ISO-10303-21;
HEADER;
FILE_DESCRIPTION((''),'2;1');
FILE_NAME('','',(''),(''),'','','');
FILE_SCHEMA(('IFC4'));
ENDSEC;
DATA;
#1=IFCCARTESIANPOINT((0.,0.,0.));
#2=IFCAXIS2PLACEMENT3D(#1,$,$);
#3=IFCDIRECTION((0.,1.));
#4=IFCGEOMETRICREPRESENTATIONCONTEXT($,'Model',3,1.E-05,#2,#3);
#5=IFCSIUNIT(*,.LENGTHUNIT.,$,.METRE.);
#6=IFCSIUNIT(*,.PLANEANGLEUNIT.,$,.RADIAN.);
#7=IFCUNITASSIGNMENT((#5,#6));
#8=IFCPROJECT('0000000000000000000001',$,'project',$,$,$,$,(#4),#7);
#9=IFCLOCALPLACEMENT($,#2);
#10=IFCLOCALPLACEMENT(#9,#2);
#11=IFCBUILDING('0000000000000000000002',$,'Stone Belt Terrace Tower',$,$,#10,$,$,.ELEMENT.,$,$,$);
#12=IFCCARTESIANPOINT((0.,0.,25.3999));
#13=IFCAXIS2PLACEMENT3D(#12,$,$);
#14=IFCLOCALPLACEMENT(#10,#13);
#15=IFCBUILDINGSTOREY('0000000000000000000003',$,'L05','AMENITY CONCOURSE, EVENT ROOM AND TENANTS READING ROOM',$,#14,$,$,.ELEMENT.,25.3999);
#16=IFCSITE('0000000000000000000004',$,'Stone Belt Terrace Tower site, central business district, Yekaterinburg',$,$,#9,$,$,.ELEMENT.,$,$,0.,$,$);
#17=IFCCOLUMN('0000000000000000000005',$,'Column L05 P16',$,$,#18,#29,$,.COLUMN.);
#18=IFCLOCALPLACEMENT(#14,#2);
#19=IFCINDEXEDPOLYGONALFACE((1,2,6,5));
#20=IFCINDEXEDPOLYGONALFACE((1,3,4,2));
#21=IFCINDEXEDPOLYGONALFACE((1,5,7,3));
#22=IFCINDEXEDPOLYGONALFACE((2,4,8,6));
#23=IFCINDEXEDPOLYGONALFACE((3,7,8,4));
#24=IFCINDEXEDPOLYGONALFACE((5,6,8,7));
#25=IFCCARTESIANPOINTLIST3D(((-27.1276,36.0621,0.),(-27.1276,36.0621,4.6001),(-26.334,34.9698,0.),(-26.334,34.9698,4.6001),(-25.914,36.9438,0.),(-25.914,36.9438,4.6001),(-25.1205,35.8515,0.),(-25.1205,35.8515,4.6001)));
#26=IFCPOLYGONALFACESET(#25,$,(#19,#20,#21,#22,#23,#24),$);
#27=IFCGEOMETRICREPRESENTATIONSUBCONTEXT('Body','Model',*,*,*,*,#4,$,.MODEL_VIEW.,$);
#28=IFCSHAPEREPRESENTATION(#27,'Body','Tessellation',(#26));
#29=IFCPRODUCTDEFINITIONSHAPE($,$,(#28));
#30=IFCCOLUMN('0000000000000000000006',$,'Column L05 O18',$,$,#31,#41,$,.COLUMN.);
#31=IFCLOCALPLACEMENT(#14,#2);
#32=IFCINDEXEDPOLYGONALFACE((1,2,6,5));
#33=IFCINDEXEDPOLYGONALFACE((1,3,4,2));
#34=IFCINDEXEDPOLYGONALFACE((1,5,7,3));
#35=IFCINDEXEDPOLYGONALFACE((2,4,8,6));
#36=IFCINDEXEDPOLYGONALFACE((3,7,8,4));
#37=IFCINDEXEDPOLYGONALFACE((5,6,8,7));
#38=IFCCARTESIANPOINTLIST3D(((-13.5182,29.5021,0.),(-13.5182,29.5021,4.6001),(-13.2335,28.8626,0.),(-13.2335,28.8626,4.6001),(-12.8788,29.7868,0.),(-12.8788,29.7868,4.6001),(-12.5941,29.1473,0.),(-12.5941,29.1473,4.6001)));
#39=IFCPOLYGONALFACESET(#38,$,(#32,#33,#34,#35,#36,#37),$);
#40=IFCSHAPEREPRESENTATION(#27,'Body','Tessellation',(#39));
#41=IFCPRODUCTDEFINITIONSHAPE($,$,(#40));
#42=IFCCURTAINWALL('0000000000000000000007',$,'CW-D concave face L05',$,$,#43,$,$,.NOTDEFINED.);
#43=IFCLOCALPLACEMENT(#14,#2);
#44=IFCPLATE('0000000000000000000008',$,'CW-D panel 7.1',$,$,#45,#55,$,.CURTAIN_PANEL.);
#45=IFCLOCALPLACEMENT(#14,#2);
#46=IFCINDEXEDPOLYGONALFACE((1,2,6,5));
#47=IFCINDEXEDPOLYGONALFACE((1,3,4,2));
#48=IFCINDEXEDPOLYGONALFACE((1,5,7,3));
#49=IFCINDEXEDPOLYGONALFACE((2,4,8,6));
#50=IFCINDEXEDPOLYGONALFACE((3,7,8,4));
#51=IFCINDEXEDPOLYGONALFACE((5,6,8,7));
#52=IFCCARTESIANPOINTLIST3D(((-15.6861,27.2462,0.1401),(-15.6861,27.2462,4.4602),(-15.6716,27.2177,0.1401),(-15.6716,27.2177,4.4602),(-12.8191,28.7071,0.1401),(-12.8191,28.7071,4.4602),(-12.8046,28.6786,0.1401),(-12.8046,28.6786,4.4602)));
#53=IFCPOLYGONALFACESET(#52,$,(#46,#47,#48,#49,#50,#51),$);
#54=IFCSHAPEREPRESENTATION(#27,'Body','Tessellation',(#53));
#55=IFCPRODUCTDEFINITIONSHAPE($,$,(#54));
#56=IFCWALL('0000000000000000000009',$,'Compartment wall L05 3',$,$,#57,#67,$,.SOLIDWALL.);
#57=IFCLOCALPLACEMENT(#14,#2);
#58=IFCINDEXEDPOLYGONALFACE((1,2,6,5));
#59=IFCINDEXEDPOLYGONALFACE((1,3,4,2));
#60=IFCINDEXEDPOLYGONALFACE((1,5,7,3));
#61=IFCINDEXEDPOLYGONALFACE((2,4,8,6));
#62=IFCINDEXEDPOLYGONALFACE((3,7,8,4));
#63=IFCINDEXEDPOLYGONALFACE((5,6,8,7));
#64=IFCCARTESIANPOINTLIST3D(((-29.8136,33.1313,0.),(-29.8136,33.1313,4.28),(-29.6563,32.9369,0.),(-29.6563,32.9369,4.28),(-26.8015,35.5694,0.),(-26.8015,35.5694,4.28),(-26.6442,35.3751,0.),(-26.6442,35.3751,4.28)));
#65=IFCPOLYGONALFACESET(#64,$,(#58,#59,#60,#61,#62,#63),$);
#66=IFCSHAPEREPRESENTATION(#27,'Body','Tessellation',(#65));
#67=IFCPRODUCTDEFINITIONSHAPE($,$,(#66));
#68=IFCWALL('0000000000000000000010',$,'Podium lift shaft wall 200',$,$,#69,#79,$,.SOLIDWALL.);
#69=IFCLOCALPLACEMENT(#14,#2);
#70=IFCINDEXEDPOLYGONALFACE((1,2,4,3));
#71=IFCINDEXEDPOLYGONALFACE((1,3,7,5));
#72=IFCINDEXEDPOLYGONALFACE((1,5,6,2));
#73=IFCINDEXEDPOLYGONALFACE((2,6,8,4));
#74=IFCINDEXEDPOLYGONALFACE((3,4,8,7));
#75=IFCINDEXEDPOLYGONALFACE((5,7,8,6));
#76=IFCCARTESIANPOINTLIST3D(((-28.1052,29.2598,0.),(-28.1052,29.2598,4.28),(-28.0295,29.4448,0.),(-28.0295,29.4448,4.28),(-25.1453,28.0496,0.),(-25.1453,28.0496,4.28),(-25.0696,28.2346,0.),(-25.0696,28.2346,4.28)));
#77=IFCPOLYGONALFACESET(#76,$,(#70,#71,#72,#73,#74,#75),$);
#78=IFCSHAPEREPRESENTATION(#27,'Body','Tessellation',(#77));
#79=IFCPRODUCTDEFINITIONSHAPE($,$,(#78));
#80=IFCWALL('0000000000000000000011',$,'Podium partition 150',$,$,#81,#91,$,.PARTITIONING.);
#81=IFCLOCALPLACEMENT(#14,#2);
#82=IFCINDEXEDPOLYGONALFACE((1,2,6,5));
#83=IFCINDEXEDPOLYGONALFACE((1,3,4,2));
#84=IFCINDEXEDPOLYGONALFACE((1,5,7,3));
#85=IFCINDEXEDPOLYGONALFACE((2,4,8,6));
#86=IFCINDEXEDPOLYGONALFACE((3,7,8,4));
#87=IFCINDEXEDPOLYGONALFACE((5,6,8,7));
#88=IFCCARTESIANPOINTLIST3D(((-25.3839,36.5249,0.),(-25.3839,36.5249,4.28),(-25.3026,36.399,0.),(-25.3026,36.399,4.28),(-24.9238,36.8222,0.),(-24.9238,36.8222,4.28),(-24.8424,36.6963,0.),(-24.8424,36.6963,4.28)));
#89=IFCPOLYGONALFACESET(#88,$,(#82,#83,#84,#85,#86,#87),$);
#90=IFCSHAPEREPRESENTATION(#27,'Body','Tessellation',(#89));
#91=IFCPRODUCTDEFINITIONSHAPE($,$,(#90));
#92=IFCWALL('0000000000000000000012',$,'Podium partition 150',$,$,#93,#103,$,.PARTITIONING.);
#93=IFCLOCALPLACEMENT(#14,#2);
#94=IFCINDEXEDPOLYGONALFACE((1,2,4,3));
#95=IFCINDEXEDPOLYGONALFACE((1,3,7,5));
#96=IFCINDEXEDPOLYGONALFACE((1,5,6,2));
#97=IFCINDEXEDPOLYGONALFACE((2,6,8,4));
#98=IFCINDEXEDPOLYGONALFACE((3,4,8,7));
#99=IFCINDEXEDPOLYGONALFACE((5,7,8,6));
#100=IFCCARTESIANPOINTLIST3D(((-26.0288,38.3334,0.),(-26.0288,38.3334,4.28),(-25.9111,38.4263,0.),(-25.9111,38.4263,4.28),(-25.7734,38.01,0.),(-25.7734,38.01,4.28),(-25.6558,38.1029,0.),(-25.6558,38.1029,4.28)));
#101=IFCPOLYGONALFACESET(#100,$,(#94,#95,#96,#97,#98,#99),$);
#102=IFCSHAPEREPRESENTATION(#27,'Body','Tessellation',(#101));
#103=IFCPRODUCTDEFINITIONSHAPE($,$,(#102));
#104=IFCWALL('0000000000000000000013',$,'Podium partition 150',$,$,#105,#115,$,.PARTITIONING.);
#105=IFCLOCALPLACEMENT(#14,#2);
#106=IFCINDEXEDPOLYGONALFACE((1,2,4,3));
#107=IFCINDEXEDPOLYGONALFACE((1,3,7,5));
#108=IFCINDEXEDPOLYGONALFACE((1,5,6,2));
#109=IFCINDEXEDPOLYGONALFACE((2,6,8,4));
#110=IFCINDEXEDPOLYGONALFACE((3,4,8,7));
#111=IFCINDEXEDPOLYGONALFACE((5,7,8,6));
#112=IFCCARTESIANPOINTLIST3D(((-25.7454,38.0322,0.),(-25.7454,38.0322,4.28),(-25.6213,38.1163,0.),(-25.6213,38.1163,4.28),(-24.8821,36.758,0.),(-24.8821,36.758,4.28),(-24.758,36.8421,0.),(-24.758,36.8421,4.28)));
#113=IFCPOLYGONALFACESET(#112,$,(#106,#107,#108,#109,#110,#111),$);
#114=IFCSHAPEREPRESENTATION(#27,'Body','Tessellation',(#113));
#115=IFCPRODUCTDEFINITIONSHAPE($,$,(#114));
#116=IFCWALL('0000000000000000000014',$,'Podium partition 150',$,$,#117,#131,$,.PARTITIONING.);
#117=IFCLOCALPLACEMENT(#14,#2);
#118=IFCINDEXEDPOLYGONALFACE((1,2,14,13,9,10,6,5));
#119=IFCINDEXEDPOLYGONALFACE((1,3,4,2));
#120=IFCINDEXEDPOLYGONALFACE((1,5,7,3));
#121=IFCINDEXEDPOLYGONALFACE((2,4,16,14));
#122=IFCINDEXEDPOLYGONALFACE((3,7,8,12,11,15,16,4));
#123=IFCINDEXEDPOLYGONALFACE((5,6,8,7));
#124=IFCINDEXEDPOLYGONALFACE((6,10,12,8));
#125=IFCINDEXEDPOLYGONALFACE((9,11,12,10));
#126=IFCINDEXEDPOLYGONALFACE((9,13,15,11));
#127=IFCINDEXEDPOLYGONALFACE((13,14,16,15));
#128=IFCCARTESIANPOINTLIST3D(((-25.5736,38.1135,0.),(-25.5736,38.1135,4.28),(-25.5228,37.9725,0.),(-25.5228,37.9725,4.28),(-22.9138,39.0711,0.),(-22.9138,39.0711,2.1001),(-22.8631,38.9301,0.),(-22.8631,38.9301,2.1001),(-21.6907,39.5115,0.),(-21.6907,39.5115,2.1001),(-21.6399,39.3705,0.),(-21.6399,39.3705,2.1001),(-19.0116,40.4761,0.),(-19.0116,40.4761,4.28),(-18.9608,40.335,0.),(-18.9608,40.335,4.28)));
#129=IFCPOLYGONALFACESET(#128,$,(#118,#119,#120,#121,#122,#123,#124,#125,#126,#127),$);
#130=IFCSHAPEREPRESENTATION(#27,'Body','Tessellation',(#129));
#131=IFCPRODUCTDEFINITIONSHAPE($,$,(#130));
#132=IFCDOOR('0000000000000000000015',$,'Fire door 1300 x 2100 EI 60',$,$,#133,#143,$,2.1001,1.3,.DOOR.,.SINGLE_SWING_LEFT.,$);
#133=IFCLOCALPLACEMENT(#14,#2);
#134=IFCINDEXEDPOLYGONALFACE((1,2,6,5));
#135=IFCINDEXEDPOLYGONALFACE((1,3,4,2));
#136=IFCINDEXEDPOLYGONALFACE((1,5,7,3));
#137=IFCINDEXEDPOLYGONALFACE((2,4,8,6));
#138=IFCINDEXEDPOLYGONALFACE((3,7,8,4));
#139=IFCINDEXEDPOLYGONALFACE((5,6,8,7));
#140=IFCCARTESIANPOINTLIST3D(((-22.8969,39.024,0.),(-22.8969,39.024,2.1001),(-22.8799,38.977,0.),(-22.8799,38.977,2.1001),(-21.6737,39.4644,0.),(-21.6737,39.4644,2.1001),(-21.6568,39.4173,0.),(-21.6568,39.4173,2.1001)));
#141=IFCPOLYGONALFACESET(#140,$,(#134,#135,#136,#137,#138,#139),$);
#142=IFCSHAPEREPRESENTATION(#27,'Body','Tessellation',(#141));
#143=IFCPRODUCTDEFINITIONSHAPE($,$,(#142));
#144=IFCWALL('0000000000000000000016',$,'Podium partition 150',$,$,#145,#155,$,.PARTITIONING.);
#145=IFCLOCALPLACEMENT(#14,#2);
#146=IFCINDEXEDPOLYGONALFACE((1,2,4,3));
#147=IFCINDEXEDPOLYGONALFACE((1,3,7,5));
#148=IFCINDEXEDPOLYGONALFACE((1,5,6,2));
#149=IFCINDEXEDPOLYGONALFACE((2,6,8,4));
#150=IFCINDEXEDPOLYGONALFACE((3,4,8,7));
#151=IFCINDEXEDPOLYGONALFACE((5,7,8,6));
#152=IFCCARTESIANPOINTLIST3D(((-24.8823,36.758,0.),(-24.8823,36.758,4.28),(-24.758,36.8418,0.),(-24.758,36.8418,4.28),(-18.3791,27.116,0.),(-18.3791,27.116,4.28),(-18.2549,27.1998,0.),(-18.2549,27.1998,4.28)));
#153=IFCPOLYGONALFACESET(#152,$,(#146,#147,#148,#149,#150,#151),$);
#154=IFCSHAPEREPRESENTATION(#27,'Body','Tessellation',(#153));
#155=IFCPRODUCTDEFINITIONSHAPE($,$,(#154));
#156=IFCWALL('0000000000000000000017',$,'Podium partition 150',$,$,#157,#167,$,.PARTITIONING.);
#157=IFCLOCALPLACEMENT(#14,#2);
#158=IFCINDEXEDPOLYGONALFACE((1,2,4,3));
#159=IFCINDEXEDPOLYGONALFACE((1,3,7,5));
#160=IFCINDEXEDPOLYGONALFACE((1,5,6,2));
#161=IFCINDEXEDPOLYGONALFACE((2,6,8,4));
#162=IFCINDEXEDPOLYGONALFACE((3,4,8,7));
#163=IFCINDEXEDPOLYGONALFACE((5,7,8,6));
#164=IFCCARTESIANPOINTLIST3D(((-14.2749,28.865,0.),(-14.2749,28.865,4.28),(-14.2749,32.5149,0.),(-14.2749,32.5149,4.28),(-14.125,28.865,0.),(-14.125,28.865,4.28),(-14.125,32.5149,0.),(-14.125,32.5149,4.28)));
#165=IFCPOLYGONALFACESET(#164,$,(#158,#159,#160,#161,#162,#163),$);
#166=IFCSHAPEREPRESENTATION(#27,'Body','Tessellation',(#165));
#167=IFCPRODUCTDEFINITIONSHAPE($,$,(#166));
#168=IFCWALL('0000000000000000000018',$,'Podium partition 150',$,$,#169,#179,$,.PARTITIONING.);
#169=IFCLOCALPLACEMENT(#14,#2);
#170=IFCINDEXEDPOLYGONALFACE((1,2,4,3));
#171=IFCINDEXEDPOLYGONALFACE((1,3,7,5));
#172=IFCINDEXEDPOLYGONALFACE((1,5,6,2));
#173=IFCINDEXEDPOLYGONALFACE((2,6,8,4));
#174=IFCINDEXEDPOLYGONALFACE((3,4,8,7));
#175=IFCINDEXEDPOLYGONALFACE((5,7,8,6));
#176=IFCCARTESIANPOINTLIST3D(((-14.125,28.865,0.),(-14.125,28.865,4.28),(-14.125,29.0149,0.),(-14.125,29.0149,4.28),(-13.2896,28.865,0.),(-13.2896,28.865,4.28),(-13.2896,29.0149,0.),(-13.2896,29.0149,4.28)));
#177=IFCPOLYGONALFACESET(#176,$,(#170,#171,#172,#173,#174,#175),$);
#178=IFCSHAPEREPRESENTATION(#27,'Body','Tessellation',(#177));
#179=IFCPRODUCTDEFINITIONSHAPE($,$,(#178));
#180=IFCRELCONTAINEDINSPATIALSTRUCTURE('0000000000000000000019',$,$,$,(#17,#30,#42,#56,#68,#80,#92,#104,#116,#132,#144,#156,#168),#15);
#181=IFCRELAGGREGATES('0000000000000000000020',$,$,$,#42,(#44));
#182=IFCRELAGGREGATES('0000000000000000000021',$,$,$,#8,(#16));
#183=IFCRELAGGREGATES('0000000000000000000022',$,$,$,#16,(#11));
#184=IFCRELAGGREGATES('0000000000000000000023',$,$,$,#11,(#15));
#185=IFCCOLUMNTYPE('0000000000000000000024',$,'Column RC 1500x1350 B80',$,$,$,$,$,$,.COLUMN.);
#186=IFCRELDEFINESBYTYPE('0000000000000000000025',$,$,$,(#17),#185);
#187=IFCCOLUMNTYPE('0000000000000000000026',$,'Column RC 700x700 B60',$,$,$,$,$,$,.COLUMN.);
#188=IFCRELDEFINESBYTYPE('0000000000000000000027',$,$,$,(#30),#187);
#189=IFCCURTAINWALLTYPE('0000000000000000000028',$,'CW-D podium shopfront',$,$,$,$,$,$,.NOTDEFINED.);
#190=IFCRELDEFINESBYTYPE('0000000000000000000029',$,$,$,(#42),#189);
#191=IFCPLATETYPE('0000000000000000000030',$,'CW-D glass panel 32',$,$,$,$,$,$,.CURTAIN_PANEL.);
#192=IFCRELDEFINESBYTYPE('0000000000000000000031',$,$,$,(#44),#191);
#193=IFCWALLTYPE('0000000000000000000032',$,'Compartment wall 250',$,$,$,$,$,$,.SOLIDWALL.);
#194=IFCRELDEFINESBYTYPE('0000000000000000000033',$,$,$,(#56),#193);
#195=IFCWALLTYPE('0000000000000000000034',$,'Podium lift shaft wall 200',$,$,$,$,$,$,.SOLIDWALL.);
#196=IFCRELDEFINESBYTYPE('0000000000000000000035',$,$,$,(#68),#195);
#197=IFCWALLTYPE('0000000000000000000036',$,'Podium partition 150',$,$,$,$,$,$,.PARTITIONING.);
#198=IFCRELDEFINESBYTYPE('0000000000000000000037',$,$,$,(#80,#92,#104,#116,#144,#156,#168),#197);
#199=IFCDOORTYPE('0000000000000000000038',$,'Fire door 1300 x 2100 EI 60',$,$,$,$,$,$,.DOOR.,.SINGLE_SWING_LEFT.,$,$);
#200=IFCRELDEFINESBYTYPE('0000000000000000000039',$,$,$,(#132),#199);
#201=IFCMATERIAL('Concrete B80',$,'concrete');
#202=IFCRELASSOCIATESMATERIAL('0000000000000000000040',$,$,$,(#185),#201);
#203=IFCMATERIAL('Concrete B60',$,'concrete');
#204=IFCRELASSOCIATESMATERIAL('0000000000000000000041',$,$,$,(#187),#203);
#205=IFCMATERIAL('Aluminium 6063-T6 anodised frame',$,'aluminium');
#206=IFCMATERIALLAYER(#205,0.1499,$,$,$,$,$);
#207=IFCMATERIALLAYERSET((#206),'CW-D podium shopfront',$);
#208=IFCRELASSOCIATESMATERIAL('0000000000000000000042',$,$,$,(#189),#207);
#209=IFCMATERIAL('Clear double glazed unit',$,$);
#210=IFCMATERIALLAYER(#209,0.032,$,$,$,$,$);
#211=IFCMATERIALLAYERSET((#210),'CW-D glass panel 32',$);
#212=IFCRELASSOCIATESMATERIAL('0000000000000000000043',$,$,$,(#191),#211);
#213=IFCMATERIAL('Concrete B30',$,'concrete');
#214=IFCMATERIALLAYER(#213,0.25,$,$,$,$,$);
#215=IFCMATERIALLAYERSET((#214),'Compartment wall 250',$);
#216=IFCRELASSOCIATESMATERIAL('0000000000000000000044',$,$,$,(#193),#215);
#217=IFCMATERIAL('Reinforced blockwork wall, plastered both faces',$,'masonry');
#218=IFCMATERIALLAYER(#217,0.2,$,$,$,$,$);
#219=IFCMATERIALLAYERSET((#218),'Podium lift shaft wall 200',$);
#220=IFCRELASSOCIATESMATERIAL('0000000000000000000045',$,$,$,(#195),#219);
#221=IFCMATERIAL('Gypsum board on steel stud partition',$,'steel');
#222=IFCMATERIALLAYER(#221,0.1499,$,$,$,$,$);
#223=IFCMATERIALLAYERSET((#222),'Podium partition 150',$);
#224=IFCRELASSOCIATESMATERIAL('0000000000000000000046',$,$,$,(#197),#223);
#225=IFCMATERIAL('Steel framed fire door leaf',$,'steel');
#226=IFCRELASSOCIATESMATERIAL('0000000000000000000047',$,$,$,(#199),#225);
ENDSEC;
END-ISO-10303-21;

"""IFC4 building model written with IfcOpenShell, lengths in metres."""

from ifc_helpers import new_model, si_unit, direction, frame, frame_2d, origin, origin_2d, place, context, subcontext, project, spatial, rectangle, extrude, material, layer, layer_set, material_profile, profile_set, type_object, element, fill, aggregate, save


model = new_model("IFC4")

# Units and contexts
model_context = context("Model", 3, precision=1e-05, world=origin(), true_north=direction((0.0, 1.0)))
body_context = subcontext(model_context, "Body", "Model", "MODEL_VIEW")
ifc_project = project(units=[si_unit("LENGTHUNIT", "METRE"), si_unit("PLANEANGLEUNIT", "RADIAN")], contexts=[model_context])

# Site, building, storey
site_placement = place(None, origin())
site = spatial("IfcSite", under=ifc_project, at=site_placement, Name="Stone Belt Terrace Tower site, central business district, Yekaterinburg", CompositionType="ELEMENT", RefElevation=0.0)
building_placement = place(site_placement, origin())
building = spatial("IfcBuilding", under=site, at=building_placement, Name="Stone Belt Terrace Tower", CompositionType="ELEMENT")
storey_placement = place(building_placement, frame((0.0, 0.0, 25.3999)))
storey = spatial("IfcBuildingStorey", under=building, at=storey_placement, Name="L05", Description="AMENITY CONCOURSE, EVENT ROOM AND TENANTS READING ROOM", CompositionType="ELEMENT", Elevation=25.3999)

# Columns
ifc_material_1 = material(Name="Concrete B80", Category="concrete")
ifc_material_profile_1 = material_profile(ifc_material_1, rectangle(XDim=1.5, YDim=1.3501, at=origin_2d()), Name="RC 1500x1350")
ifc_profile_set_1 = profile_set([ifc_material_profile_1], Name="Concrete B80")
column_type_1 = type_object("IfcColumnType", Name="Column RC 1500x1350 B80", PredefinedType="COLUMN", material=ifc_profile_set_1)
column_1_placement = place(storey_placement, frame((-26.124, 35.9568, 0.0), z_axis=(0.0, 0.0, 1.0), x_axis=(0.809017, 0.587785, 0.0)))
element("IfcColumn", 1, at=column_1_placement, inside=storey, type_object=column_type_1, Name="Column L05 P16", PredefinedType="COLUMN", context=body_context, shape_type="SweptSolid", body=[
    extrude(rectangle(XDim=1.5, YDim=1.3501, at=origin_2d()), origin(), (0.0, 0.0, 1.0), 4.6001),
])
ifc_material_2 = material(Name="Concrete B60", Category="concrete")
ifc_material_profile_2 = material_profile(ifc_material_2, rectangle(XDim=0.7, YDim=0.7, at=origin_2d()), Name="RC 700x700")
ifc_profile_set_2 = profile_set([ifc_material_profile_2], Name="Concrete B60")
column_type_2 = type_object("IfcColumnType", Name="Column RC 700x700 B60", PredefinedType="COLUMN", material=ifc_profile_set_2)
column_2_placement = place(storey_placement, frame((-13.0562, 29.3247, 0.0), z_axis=(0.0, 0.0, 1.0), x_axis=(0.913545, 0.406737, 0.0)))
element("IfcColumn", 2, at=column_2_placement, inside=storey, type_object=column_type_2, Name="Column L05 O18", PredefinedType="COLUMN", context=body_context, shape_type="SweptSolid", body=[
    extrude(rectangle(XDim=0.7, YDim=0.7, at=origin_2d()), origin(), (0.0, 0.0, 1.0), 4.6001),
])

# Curtain wall, plate
ifc_material_3 = material(Name="Aluminium 6063-T6 anodised frame", Category="aluminium")
ifc_layer_1 = layer(ifc_material_3, 0.1499)
ifc_layer_set_1 = layer_set([ifc_layer_1], Name="CW-D podium shopfront")
curtain_wall_type = type_object("IfcCurtainWallType", Name="CW-D podium shopfront", PredefinedType="NOTDEFINED", material=ifc_layer_set_1)
curtain_wall_placement = place(storey_placement, origin())
curtain_wall = element("IfcCurtainWall", 3, at=curtain_wall_placement, inside=storey, type_object=curtain_wall_type, Name="CW-D concave face L05", PredefinedType="NOTDEFINED")
ifc_material_4 = material(Name="Clear double glazed unit")
ifc_layer_2 = layer(ifc_material_4, 0.032)
ifc_layer_set_2 = layer_set([ifc_layer_2], Name="CW-D glass panel 32")
plate_type = type_object("IfcPlateType", Name="CW-D glass panel 32", PredefinedType="CURTAIN_PANEL", material=ifc_layer_set_2)
plate_placement = place(storey_placement, frame((-14.2454, 27.9624, 0.1401), z_axis=(0.0, 0.0, 1.0), x_axis=(0.891007, 0.45399, 0.0)))
plate = element("IfcPlate", 4, at=plate_placement, type_object=plate_type, Name="CW-D panel 7.1", PredefinedType="CURTAIN_PANEL", context=body_context, shape_type="SweptSolid", body=[
    extrude(rectangle(XDim=3.2178, YDim=0.032, at=origin_2d()), origin(), (0.0, 0.0, 1.0), 4.3201),
])
aggregate(curtain_wall, [plate])

# Walls
ifc_material_5 = material(Name="Concrete B30", Category="concrete")
ifc_layer_3 = layer(ifc_material_5, 0.25)
ifc_layer_set_3 = layer_set([ifc_layer_3], Name="Compartment wall 250")
wall_type_1 = type_object("IfcWallType", Name="Compartment wall 250", PredefinedType="SOLIDWALL", material=ifc_layer_set_3)
wall_1_placement = place(storey_placement, frame((-29.7349, 33.0342, 0.0), z_axis=(0.0, 0.0, 1.0), x_axis=(0.777273, 0.629164, 0.0)))
element("IfcWall", 5, at=wall_1_placement, inside=storey, type_object=wall_type_1, Name="Compartment wall L05 3", PredefinedType="SOLIDWALL", context=body_context, shape_type="SweptSolid", body=[
    extrude(rectangle(XDim=3.8752, YDim=0.25, at=frame_2d((1.9375, 0.0))), origin(), (0.0, 0.0, 1.0), 4.28),
])
ifc_material_6 = material(Name="Reinforced blockwork wall, plastered both faces", Category="masonry")
ifc_layer_4 = layer(ifc_material_6, 0.2)
ifc_layer_set_4 = layer_set([ifc_layer_4], Name="Podium lift shaft wall 200")
wall_type_2 = type_object("IfcWallType", Name="Podium lift shaft wall 200", PredefinedType="SOLIDWALL", material=ifc_layer_set_4)
wall_2_placement = place(storey_placement, frame((-28.0674, 29.3523, 0.0), z_axis=(0.0, 0.0, 1.0), x_axis=(0.925622, -0.378449, 0.0)))
element("IfcWall", 6, at=wall_2_placement, inside=storey, type_object=wall_type_2, Name="Podium lift shaft wall 200", PredefinedType="SOLIDWALL", context=body_context, shape_type="SweptSolid", body=[
    extrude(rectangle(XDim=3.1978, YDim=0.2, at=frame_2d((1.5989, 0.0))), origin(), (0.0, 0.0, 1.0), 4.28),
])
ifc_material_7 = material(Name="Gypsum board on steel stud partition", Category="steel")
ifc_layer_5 = layer(ifc_material_7, 0.1499)
ifc_layer_set_5 = layer_set([ifc_layer_5], Name="Podium partition 150")
wall_type_3 = type_object("IfcWallType", Name="Podium partition 150", PredefinedType="PARTITIONING", material=ifc_layer_set_5)
wall_3_placement = place(storey_placement, frame((-25.3433, 36.4619, 0.0), z_axis=(0.0, 0.0, 1.0), x_axis=(0.839917, 0.542715, 0.0)))
element("IfcWall", 7, at=wall_3_placement, inside=storey, type_object=wall_type_3, Name="Podium partition 150", PredefinedType="PARTITIONING", context=body_context, shape_type="SweptSolid", body=[
    extrude(rectangle(XDim=0.5479, YDim=0.1499, at=frame_2d((0.2739, 0.0))), origin(), (0.0, 0.0, 1.0), 4.28),
])
wall_4_placement = place(storey_placement, frame((-25.97, 38.3799, 0.0), z_axis=(0.0, 0.0, 1.0), x_axis=(0.619625, -0.784898, 0.0)))
element("IfcWall", 8, at=wall_4_placement, inside=storey, type_object=wall_type_3, Name="Podium partition 150", PredefinedType="PARTITIONING", context=body_context, shape_type="SweptSolid", body=[
    extrude(rectangle(XDim=0.4121, YDim=0.1499, at=frame_2d((0.2061, 0.0))), origin(), (0.0, 0.0, 1.0), 4.28),
])
wall_5_placement = place(storey_placement, frame((-25.6833, 38.0742, 0.0), z_axis=(0.0, 0.0, 1.0), x_axis=(0.560908, -0.827878, 0.0)))
element("IfcWall", 9, at=wall_5_placement, inside=storey, type_object=wall_type_3, Name="Podium partition 150", PredefinedType="PARTITIONING", context=body_context, shape_type="SweptSolid", body=[
    extrude(rectangle(XDim=1.5391, YDim=0.1499, at=frame_2d((0.7695, 0.0))), origin(), (0.0, 0.0, 1.0), 4.28),
])

# Wall, opening, door
wall_6_placement = place(storey_placement, frame((-25.5483, 38.043, 0.0), z_axis=(0.0, 0.0, 1.0), x_axis=(0.940877, 0.338748, 0.0)))
wall_6 = element("IfcWall", 10, at=wall_6_placement, inside=storey, type_object=wall_type_3, Name="Podium partition 150", PredefinedType="PARTITIONING", context=body_context, shape_type="SweptSolid", body=[
    extrude(rectangle(XDim=6.9744, YDim=0.1499, at=frame_2d((3.4873, 0.0))), origin(), (0.0, 0.0, 1.0), 4.28),
])
opening_1_placement = place(wall_6_placement, frame((2.8271, 0.0, 0.0)))
opening_1 = element("IfcOpeningElement", 11, at=opening_1_placement, cuts=wall_6, PredefinedType="OPENING", context=body_context, shape_type="SweptSolid", body=[
    extrude(rectangle(XDim=1.3, YDim=2.1001, at=frame_2d((0.6499, 1.05))), frame((0.0, 0.085, 0.0), z_axis=(0.0, -1.0, 0.0), x_axis=(1.0, 0.0, 0.0)), (0.0, 0.0, 1.0), 0.1699),
])
ifc_material_8 = material(Name="Steel framed fire door leaf", Category="steel")
door_type_1 = type_object("IfcDoorType", Name="Fire door 1300 x 2100 EI 60", OperationType="SINGLE_SWING_LEFT", PredefinedType="DOOR", material=ifc_material_8)
door_1_placement = place(opening_1_placement, origin())
door_1 = element("IfcDoor", 12, at=door_1_placement, inside=storey, type_object=door_type_1, Name="Fire door 1300 x 2100 EI 60", OperationType="SINGLE_SWING_LEFT", OverallHeight=2.1001, OverallWidth=1.3, PredefinedType="DOOR", context=body_context, shape_type="SweptSolid", body=[
    extrude(rectangle(XDim=1.3, YDim=2.1001, at=frame_2d((0.6499, 1.05))), frame((0.0, 0.0249, 0.0), z_axis=(0.0, -1.0, 0.0), x_axis=(1.0, 0.0, 0.0)), (0.0, 0.0, 1.0), 0.05),
])
fill(opening_1, door_1)

# Walls
wall_7_placement = place(storey_placement, frame((-24.8201, 36.7998, 0.0), z_axis=(0.0, 0.0, 1.0), x_axis=(0.559163, -0.829057, 0.0)))
element("IfcWall", 13, at=wall_7_placement, inside=storey, type_object=wall_type_3, Name="Podium partition 150", PredefinedType="PARTITIONING", context=body_context, shape_type="SweptSolid", body=[
    extrude(rectangle(XDim=11.6301, YDim=0.1499, at=frame_2d((5.8149, 0.0))), origin(), (0.0, 0.0, 1.0), 4.28),
])
wall_8_placement = place(storey_placement, frame((-14.2, 28.865, 0.0), z_axis=(0.0, 0.0, 1.0), x_axis=(0.0, 1.0, 0.0)))
element("IfcWall", 14, at=wall_8_placement, inside=storey, type_object=wall_type_3, Name="Podium partition 150", PredefinedType="PARTITIONING", context=body_context, shape_type="SweptSolid", body=[
    extrude(rectangle(XDim=3.6499, YDim=0.1499, at=frame_2d((1.825, 0.0))), origin(), (0.0, 0.0, 1.0), 4.28),
])
wall_9_placement = place(storey_placement, frame((-14.125, 28.9399, 0.0), z_axis=(0.0, 0.0, 1.0), x_axis=(1.0, 0.0, 0.0)))
element("IfcWall", 15, at=wall_9_placement, inside=storey, type_object=wall_type_3, Name="Podium partition 150", PredefinedType="PARTITIONING", context=body_context, shape_type="SweptSolid", body=[
    extrude(rectangle(XDim=0.8354, YDim=0.1499, at=frame_2d((0.4177, 0.0))), origin(), (0.0, 0.0, 1.0), 4.28),
])

save(model, "model.ifc")
